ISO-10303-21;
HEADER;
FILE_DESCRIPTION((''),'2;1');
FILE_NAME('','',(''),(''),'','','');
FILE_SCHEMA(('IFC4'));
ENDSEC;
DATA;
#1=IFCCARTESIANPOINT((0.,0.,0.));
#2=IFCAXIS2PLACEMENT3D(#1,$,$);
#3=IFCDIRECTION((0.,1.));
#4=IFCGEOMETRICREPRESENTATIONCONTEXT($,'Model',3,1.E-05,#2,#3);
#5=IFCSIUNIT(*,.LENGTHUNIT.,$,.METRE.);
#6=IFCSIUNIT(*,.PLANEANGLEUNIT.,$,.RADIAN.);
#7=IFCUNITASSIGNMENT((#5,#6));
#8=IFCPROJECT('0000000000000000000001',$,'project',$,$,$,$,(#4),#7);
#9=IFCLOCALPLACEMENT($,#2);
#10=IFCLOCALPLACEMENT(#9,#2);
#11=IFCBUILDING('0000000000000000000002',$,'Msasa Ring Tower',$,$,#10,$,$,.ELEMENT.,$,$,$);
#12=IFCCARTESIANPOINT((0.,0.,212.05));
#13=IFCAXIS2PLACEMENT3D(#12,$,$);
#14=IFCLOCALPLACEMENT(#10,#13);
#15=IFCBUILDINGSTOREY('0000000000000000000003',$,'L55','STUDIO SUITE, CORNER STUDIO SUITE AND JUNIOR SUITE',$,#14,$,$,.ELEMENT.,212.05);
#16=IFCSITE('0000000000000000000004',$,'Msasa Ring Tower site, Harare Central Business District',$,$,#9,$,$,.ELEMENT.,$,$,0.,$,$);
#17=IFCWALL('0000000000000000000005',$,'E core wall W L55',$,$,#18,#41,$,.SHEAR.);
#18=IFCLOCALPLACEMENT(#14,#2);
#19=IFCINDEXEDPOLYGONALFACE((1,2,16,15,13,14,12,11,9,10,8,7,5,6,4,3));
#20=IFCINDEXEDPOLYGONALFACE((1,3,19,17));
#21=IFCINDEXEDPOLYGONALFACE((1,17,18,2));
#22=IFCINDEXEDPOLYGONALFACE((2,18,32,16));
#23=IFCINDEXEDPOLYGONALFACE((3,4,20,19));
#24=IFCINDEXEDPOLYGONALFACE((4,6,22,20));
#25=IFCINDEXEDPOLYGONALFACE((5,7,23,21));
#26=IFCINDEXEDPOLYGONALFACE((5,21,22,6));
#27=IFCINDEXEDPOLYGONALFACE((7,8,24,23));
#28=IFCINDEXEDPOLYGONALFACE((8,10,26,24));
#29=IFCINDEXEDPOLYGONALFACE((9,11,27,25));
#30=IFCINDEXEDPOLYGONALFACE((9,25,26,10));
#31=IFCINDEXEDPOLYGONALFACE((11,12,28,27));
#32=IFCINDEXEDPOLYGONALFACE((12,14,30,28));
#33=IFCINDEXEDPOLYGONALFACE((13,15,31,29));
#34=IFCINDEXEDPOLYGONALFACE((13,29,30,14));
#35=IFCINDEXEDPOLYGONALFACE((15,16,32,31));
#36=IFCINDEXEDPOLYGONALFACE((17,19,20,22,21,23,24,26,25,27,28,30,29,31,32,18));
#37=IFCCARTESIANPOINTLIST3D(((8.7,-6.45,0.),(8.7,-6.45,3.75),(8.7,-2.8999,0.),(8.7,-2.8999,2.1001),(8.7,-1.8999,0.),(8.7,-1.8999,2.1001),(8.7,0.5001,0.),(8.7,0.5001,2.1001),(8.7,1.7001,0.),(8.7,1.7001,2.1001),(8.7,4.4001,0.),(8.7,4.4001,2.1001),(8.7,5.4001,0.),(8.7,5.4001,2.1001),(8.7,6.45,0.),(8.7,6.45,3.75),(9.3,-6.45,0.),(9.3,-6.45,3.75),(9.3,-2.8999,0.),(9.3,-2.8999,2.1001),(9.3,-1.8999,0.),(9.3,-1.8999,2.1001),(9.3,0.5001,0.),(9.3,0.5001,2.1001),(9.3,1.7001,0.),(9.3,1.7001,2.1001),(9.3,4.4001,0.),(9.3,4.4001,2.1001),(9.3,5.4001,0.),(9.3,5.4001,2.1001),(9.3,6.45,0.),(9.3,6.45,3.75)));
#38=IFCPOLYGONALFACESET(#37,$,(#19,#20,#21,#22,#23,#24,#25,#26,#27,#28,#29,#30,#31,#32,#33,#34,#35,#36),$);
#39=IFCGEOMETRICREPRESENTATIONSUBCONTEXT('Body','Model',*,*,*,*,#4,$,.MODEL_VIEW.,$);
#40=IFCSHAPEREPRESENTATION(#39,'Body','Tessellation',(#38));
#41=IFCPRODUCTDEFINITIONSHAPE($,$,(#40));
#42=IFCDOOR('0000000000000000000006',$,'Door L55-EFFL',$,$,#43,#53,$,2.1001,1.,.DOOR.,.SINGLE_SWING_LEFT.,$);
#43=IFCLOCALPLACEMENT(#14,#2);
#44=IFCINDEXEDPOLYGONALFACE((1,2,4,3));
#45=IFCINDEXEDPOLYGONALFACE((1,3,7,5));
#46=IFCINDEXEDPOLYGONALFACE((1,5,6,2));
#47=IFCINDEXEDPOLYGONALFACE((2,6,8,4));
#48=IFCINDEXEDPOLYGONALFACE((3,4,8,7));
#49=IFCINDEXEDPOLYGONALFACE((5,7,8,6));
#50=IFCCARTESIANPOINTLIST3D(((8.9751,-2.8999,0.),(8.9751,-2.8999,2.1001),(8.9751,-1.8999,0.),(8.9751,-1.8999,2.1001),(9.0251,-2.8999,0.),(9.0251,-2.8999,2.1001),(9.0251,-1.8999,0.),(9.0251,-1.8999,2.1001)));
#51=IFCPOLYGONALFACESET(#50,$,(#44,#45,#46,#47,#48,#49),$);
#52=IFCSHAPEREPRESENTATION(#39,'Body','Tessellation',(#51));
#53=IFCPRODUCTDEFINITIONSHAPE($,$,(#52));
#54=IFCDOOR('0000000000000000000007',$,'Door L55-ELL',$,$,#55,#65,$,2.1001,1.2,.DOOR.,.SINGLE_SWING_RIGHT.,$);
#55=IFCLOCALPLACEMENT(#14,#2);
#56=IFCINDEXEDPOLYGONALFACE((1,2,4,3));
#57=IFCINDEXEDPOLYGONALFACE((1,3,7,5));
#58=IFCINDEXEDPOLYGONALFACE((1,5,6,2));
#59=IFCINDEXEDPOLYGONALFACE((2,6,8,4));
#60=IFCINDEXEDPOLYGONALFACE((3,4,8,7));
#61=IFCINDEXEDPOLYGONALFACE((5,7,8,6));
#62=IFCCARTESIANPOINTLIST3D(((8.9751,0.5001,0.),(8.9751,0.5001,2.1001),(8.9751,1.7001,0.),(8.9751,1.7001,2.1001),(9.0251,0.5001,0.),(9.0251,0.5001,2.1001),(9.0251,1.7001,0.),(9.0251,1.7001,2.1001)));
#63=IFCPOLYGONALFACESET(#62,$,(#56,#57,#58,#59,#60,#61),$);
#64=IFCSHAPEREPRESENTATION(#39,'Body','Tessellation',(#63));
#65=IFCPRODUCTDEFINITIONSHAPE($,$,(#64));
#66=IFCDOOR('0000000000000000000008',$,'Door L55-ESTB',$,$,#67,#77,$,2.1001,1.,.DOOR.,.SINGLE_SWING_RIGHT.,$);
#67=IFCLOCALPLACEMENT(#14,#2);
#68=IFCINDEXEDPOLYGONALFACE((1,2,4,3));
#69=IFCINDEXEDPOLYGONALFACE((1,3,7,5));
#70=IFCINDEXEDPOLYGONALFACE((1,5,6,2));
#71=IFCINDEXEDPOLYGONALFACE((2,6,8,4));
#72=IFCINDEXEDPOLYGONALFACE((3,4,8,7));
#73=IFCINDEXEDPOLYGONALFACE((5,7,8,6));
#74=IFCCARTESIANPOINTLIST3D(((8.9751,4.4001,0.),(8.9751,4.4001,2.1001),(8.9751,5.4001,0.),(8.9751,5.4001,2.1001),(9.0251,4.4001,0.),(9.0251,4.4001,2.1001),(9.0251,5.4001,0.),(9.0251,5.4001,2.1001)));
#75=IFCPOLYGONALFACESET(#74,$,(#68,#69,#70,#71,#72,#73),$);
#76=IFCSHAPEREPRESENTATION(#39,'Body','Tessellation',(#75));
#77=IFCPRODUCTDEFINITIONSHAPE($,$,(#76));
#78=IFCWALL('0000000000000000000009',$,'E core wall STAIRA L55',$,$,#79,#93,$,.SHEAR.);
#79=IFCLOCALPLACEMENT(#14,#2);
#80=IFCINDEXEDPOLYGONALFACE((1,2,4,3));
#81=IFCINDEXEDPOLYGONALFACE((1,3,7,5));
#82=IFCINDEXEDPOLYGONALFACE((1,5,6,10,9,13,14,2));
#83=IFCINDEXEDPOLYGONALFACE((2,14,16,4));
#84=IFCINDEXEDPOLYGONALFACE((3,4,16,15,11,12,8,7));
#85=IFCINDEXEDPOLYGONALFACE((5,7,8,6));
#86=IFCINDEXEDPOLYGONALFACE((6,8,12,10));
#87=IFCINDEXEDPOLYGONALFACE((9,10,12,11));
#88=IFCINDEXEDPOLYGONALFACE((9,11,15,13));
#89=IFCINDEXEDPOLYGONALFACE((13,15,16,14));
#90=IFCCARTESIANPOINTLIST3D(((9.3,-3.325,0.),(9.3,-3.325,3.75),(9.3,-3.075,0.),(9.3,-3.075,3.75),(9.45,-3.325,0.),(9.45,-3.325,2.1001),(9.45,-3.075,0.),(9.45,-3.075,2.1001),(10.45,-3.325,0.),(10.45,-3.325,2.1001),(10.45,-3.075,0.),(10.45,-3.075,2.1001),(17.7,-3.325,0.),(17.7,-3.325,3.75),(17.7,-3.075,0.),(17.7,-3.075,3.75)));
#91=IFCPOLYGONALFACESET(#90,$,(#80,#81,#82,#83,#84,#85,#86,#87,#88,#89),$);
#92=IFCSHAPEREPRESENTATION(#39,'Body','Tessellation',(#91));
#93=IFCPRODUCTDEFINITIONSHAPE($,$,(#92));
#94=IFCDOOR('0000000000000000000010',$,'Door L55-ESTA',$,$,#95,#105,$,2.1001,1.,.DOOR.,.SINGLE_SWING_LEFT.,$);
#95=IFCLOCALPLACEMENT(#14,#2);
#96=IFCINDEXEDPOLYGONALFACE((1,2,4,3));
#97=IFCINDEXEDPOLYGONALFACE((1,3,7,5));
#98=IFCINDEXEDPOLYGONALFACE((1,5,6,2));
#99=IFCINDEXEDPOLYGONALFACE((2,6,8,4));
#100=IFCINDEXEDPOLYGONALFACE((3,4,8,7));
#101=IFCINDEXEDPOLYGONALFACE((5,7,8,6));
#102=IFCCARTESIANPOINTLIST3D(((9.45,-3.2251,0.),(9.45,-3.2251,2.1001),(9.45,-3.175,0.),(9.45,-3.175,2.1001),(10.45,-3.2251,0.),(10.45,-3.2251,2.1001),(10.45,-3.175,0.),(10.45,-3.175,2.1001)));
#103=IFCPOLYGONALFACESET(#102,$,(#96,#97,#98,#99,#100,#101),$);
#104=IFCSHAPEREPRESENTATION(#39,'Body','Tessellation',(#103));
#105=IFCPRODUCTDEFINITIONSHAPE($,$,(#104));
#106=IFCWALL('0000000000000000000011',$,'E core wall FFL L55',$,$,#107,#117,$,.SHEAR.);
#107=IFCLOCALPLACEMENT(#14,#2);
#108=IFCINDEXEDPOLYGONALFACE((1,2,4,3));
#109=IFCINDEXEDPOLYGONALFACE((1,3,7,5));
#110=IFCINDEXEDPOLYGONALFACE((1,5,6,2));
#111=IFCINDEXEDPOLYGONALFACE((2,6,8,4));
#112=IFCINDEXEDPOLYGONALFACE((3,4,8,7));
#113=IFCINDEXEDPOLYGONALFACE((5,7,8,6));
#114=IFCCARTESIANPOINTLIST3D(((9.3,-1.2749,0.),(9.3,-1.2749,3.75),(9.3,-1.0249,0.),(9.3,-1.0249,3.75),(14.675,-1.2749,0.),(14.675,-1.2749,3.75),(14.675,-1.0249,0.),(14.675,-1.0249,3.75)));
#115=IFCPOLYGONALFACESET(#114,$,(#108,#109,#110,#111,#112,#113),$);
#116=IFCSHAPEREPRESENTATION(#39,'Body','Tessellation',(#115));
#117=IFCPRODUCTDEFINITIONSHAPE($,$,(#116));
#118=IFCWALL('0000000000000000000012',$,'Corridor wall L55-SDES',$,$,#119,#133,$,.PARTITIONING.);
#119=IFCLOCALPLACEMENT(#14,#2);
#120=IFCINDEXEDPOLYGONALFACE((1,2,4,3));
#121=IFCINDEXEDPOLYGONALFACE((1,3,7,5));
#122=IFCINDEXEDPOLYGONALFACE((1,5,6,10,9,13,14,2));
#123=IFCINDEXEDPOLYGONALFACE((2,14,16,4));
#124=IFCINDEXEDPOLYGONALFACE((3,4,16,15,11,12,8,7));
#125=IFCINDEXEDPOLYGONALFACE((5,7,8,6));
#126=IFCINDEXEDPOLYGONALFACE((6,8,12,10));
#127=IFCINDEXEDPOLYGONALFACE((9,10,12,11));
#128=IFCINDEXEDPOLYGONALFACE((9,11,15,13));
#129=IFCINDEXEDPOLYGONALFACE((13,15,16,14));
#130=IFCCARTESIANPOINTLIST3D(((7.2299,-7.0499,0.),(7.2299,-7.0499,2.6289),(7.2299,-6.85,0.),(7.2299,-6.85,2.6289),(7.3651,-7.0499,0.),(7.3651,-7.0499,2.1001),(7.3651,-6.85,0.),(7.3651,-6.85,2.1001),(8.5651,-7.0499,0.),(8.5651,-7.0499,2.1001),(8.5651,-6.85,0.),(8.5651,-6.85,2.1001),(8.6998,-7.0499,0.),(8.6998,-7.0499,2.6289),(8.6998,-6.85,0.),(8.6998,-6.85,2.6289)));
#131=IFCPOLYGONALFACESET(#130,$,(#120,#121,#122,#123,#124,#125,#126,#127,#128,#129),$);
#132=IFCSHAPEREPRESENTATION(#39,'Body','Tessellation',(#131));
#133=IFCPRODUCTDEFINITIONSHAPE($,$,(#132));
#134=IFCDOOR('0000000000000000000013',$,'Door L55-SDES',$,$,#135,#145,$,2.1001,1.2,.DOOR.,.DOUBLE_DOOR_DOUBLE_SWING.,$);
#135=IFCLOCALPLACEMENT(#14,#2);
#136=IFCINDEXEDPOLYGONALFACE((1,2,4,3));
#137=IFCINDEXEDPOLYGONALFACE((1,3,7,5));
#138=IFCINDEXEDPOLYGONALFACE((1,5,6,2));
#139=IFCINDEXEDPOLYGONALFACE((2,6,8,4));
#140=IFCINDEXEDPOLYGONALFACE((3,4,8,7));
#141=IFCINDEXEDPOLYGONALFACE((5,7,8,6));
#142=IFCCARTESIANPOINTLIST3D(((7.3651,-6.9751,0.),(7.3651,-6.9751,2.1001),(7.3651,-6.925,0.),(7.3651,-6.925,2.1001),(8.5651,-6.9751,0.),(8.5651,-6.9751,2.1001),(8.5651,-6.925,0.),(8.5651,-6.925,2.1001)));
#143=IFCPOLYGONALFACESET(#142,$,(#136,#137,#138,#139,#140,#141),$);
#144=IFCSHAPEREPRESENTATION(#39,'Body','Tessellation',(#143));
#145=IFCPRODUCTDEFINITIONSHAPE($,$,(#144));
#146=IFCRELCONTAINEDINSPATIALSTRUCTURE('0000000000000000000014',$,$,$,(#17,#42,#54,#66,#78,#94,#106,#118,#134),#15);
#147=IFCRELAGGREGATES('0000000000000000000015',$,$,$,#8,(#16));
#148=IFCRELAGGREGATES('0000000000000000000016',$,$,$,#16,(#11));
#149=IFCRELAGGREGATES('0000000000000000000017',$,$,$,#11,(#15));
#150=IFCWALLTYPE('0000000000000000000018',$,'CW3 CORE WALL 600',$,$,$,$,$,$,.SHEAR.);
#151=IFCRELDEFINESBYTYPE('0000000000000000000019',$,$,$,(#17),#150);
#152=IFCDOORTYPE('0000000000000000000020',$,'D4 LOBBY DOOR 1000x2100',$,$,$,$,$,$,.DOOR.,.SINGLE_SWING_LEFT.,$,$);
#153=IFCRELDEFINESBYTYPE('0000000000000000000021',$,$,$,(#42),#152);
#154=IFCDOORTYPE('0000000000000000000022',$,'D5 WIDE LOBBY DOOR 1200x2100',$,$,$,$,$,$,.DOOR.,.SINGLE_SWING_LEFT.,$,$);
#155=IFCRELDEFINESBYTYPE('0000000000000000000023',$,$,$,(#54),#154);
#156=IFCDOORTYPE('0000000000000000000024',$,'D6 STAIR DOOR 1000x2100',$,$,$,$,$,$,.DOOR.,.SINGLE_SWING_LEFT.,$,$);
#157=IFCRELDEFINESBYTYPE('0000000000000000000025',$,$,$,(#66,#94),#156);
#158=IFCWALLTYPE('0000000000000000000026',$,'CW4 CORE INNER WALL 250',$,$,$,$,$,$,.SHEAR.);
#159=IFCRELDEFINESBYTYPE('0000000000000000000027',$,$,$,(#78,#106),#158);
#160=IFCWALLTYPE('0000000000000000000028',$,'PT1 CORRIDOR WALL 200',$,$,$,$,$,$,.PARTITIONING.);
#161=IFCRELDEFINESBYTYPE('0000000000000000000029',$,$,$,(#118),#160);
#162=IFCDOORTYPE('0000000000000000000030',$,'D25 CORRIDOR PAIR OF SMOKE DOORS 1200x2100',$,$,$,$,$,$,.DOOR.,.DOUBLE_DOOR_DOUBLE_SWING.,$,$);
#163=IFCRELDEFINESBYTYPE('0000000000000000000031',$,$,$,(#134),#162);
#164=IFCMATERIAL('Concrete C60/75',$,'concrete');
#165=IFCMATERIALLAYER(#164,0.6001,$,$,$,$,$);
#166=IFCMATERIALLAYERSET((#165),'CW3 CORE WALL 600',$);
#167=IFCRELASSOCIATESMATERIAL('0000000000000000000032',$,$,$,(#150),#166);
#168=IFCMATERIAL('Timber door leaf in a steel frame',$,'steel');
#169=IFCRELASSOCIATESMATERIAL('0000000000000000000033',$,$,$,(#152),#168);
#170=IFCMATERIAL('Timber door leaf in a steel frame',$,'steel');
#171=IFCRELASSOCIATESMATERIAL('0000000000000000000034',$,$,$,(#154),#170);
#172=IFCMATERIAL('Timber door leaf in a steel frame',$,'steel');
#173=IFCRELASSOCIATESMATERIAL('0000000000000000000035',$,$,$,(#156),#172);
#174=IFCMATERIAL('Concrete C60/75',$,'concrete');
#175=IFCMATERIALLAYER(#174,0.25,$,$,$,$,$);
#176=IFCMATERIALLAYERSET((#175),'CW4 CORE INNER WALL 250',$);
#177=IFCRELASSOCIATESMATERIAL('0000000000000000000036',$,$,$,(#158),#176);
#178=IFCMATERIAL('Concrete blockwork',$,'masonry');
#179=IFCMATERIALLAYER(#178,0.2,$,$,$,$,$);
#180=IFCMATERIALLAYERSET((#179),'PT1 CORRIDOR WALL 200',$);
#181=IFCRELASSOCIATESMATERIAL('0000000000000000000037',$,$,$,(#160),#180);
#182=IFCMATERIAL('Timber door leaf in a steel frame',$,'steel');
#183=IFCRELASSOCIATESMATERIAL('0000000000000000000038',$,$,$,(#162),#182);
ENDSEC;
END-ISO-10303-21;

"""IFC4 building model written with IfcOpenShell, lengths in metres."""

from ifc_helpers import new_model, si_unit, direction, frame, frame_2d, origin, place, context, subcontext, project, spatial, rectangle, extrude, material, layer, layer_set, type_object, element, fill, save


model = new_model("IFC4")

# Units and contexts
model_context = context("Model", 3, precision=1e-05, world=origin(), true_north=direction((0.0, 1.0)))
body_context = subcontext(model_context, "Body", "Model", "MODEL_VIEW")
ifc_project = project(units=[si_unit("LENGTHUNIT", "METRE"), si_unit("PLANEANGLEUNIT", "RADIAN")], contexts=[model_context])

# Site, building, storey
site_placement = place(None, origin())
site = spatial("IfcSite", under=ifc_project, at=site_placement, Name="Msasa Ring Tower site, Harare Central Business District", CompositionType="ELEMENT", RefElevation=0.0)
building_placement = place(site_placement, origin())
building = spatial("IfcBuilding", under=site, at=building_placement, Name="Msasa Ring Tower", CompositionType="ELEMENT")
storey_placement = place(building_placement, frame((0.0, 0.0, 212.05)))
storey = spatial("IfcBuildingStorey", under=building, at=storey_placement, Name="L55", Description="STUDIO SUITE, CORNER STUDIO SUITE AND JUNIOR SUITE", CompositionType="ELEMENT", Elevation=212.05)

# Shared definitions
ifc_material_1 = material(Name="Concrete C60/75", Category="concrete")
ifc_layer_1 = layer(ifc_material_1, 0.6001)
ifc_layer_set_1 = layer_set([ifc_layer_1], Name="CW3 CORE WALL 600")
wall_type_1 = type_object("IfcWallType", Name="CW3 CORE WALL 600", PredefinedType="SHEAR", material=ifc_layer_set_1)

# Wall, openings, doors
wall_1_placement = place(storey_placement, frame((9.0, -6.45, 0.0), z_axis=(0.0, 0.0, 1.0), x_axis=(0.0, 1.0, 0.0)))
wall_1 = element("IfcWall", 1, at=wall_1_placement, inside=storey, type_object=wall_type_1, Name="E core wall W L55", PredefinedType="SHEAR", context=body_context, shape_type="SweptSolid", body=[
    extrude(rectangle(XDim=12.8999, YDim=0.6001, at=frame_2d((6.45, 0.0))), origin(), (0.0, 0.0, 1.0), 3.75),
])
opening_1_placement = place(wall_1_placement, frame((3.55, 0.0, 0.0)))
opening_1 = element("IfcOpeningElement", 2, at=opening_1_placement, cuts=wall_1, PredefinedType="OPENING", context=body_context, shape_type="SweptSolid", body=[
    extrude(rectangle(XDim=1.0, YDim=2.1001, at=frame_2d((0.5, 1.05))), frame((0.0, 0.3101, 0.0), z_axis=(0.0, -1.0, 0.0), x_axis=(1.0, 0.0, 0.0)), (0.0, 0.0, 1.0), 0.6201),
])
opening_2_placement = place(wall_1_placement, frame((6.95, 0.0, 0.0)))
opening_2 = element("IfcOpeningElement", 3, at=opening_2_placement, cuts=wall_1, PredefinedType="OPENING", context=body_context, shape_type="SweptSolid", body=[
    extrude(rectangle(XDim=1.2, YDim=2.1001, at=frame_2d((0.6001, 1.05))), frame((0.0, 0.3101, 0.0), z_axis=(0.0, -1.0, 0.0), x_axis=(1.0, 0.0, 0.0)), (0.0, 0.0, 1.0), 0.6201),
])
opening_3_placement = place(wall_1_placement, frame((10.8501, 0.0, 0.0)))
opening_3 = element("IfcOpeningElement", 4, at=opening_3_placement, cuts=wall_1, PredefinedType="OPENING", context=body_context, shape_type="SweptSolid", body=[
    extrude(rectangle(XDim=1.0, YDim=2.1001, at=frame_2d((0.5, 1.05))), frame((0.0, 0.3101, 0.0), z_axis=(0.0, -1.0, 0.0), x_axis=(1.0, 0.0, 0.0)), (0.0, 0.0, 1.0), 0.6201),
])
ifc_material_2 = material(Name="Timber door leaf in a steel frame", Category="steel")
door_type_1 = type_object("IfcDoorType", Name="D4 LOBBY DOOR 1000x2100", OperationType="SINGLE_SWING_LEFT", PredefinedType="DOOR", material=ifc_material_2)
door_1_placement = place(opening_1_placement, origin())
door_1 = element("IfcDoor", 5, at=door_1_placement, inside=storey, type_object=door_type_1, Name="Door L55-EFFL", OperationType="SINGLE_SWING_LEFT", OverallHeight=2.1001, OverallWidth=1.0, PredefinedType="DOOR", context=body_context, shape_type="SweptSolid", body=[
    extrude(rectangle(XDim=1.0, YDim=2.1001, at=frame_2d((0.5, 1.05))), frame((0.0, 0.0249, 0.0), z_axis=(0.0, -1.0, 0.0), x_axis=(1.0, 0.0, 0.0)), (0.0, 0.0, 1.0), 0.05),
])
fill(opening_1, door_1)
ifc_material_3 = material(Name="Timber door leaf in a steel frame", Category="steel")
door_type_2 = type_object("IfcDoorType", Name="D5 WIDE LOBBY DOOR 1200x2100", OperationType="SINGLE_SWING_LEFT", PredefinedType="DOOR", material=ifc_material_3)
door_2_placement = place(opening_2_placement, origin())
door_2 = element("IfcDoor", 6, at=door_2_placement, inside=storey, type_object=door_type_2, Name="Door L55-ELL", OperationType="SINGLE_SWING_RIGHT", OverallHeight=2.1001, OverallWidth=1.2, PredefinedType="DOOR", context=body_context, shape_type="SweptSolid", body=[
    extrude(rectangle(XDim=1.2, YDim=2.1001, at=frame_2d((0.6001, 1.05))), frame((0.0, 0.0249, 0.0), z_axis=(0.0, -1.0, 0.0), x_axis=(1.0, 0.0, 0.0)), (0.0, 0.0, 1.0), 0.05),
])
fill(opening_2, door_2)
ifc_material_4 = material(Name="Timber door leaf in a steel frame", Category="steel")
door_type_3 = type_object("IfcDoorType", Name="D6 STAIR DOOR 1000x2100", OperationType="SINGLE_SWING_LEFT", PredefinedType="DOOR", material=ifc_material_4)
door_3_placement = place(opening_3_placement, origin())
door_3 = element("IfcDoor", 7, at=door_3_placement, inside=storey, type_object=door_type_3, Name="Door L55-ESTB", OperationType="SINGLE_SWING_RIGHT", OverallHeight=2.1001, OverallWidth=1.0, PredefinedType="DOOR", context=body_context, shape_type="SweptSolid", body=[
    extrude(rectangle(XDim=1.0, YDim=2.1001, at=frame_2d((0.5, 1.05))), frame((0.0, 0.0249, 0.0), z_axis=(0.0, -1.0, 0.0), x_axis=(1.0, 0.0, 0.0)), (0.0, 0.0, 1.0), 0.05),
])
fill(opening_3, door_3)

# Wall, opening, door
ifc_material_5 = material(Name="Concrete C60/75", Category="concrete")
ifc_layer_2 = layer(ifc_material_5, 0.25)
ifc_layer_set_2 = layer_set([ifc_layer_2], Name="CW4 CORE INNER WALL 250")
wall_type_2 = type_object("IfcWallType", Name="CW4 CORE INNER WALL 250", PredefinedType="SHEAR", material=ifc_layer_set_2)
wall_2_placement = place(storey_placement, frame((9.3, -3.2, 0.0), z_axis=(0.0, 0.0, 1.0), x_axis=(1.0, 0.0, 0.0)))
wall_2 = element("IfcWall", 8, at=wall_2_placement, inside=storey, type_object=wall_type_2, Name="E core wall STAIRA L55", PredefinedType="SHEAR", context=body_context, shape_type="SweptSolid", body=[
    extrude(rectangle(XDim=8.3999, YDim=0.25, at=frame_2d((4.2, 0.0))), origin(), (0.0, 0.0, 1.0), 3.75),
])
opening_4_placement = place(wall_2_placement, frame((0.1499, 0.0, 0.0)))
opening_4 = element("IfcOpeningElement", 9, at=opening_4_placement, cuts=wall_2, PredefinedType="OPENING", context=body_context, shape_type="SweptSolid", body=[
    extrude(rectangle(XDim=1.0, YDim=2.1001, at=frame_2d((0.5, 1.05))), frame((0.0, 0.135, 0.0), z_axis=(0.0, -1.0, 0.0), x_axis=(1.0, 0.0, 0.0)), (0.0, 0.0, 1.0), 0.27),
])
door_4_placement = place(opening_4_placement, origin())
door_4 = element("IfcDoor", 10, at=door_4_placement, inside=storey, type_object=door_type_3, Name="Door L55-ESTA", OperationType="SINGLE_SWING_LEFT", OverallHeight=2.1001, OverallWidth=1.0, PredefinedType="DOOR", context=body_context, shape_type="SweptSolid", body=[
    extrude(rectangle(XDim=1.0, YDim=2.1001, at=frame_2d((0.5, 1.05))), frame((0.0, 0.0249, 0.0), z_axis=(0.0, -1.0, 0.0), x_axis=(1.0, 0.0, 0.0)), (0.0, 0.0, 1.0), 0.05),
])
fill(opening_4, door_4)

# Wall
wall_3_placement = place(storey_placement, frame((9.3, -1.1499, 0.0), z_axis=(0.0, 0.0, 1.0), x_axis=(1.0, 0.0, 0.0)))
element("IfcWall", 11, at=wall_3_placement, inside=storey, type_object=wall_type_2, Name="E core wall FFL L55", PredefinedType="SHEAR", context=body_context, shape_type="SweptSolid", body=[
    extrude(rectangle(XDim=5.375, YDim=0.25, at=frame_2d((2.6875, 0.0))), origin(), (0.0, 0.0, 1.0), 3.75),
])

# Wall, opening, door
ifc_material_6 = material(Name="Concrete blockwork", Category="masonry")
ifc_layer_3 = layer(ifc_material_6, 0.2)
ifc_layer_set_3 = layer_set([ifc_layer_3], Name="PT1 CORRIDOR WALL 200")
wall_type_3 = type_object("IfcWallType", Name="PT1 CORRIDOR WALL 200", PredefinedType="PARTITIONING", material=ifc_layer_set_3)
wall_4_placement = place(storey_placement, frame((7.23, -6.95, 0.0), z_axis=(0.0, 0.0, 1.0), x_axis=(1.0, 0.0, 0.0)))
wall_4 = element("IfcWall", 12, at=wall_4_placement, inside=storey, type_object=wall_type_3, Name="Corridor wall L55-SDES", PredefinedType="PARTITIONING", context=body_context, shape_type="SweptSolid", body=[
    extrude(rectangle(XDim=1.47, YDim=0.2, at=frame_2d((0.7349, 0.0))), origin(), (0.0, 0.0, 1.0), 2.6289),
])
opening_5_placement = place(wall_4_placement, frame((0.135, 0.0, 0.0)))
opening_5 = element("IfcOpeningElement", 13, at=opening_5_placement, cuts=wall_4, PredefinedType="OPENING", context=body_context, shape_type="SweptSolid", body=[
    extrude(rectangle(XDim=1.2, YDim=2.1001, at=frame_2d((0.6001, 1.05))), frame((0.0, 0.1099, 0.0), z_axis=(0.0, -1.0, 0.0), x_axis=(1.0, 0.0, 0.0)), (0.0, 0.0, 1.0), 0.22),
])
ifc_material_7 = material(Name="Timber door leaf in a steel frame", Category="steel")
door_type_4 = type_object("IfcDoorType", Name="D25 CORRIDOR PAIR OF SMOKE DOORS 1200x2100", OperationType="DOUBLE_DOOR_DOUBLE_SWING", PredefinedType="DOOR", material=ifc_material_7)
door_5_placement = place(opening_5_placement, origin())
door_5 = element("IfcDoor", 14, at=door_5_placement, inside=storey, type_object=door_type_4, Name="Door L55-SDES", OperationType="DOUBLE_DOOR_DOUBLE_SWING", OverallHeight=2.1001, OverallWidth=1.2, PredefinedType="DOOR", context=body_context, shape_type="SweptSolid", body=[
    extrude(rectangle(XDim=1.2, YDim=2.1001, at=frame_2d((0.6001, 1.05))), frame((0.0, 0.0249, 0.0), z_axis=(0.0, -1.0, 0.0), x_axis=(1.0, 0.0, 0.0)), (0.0, 0.0, 1.0), 0.05),
])
fill(opening_5, door_5)

save(model, "model.ifc")
